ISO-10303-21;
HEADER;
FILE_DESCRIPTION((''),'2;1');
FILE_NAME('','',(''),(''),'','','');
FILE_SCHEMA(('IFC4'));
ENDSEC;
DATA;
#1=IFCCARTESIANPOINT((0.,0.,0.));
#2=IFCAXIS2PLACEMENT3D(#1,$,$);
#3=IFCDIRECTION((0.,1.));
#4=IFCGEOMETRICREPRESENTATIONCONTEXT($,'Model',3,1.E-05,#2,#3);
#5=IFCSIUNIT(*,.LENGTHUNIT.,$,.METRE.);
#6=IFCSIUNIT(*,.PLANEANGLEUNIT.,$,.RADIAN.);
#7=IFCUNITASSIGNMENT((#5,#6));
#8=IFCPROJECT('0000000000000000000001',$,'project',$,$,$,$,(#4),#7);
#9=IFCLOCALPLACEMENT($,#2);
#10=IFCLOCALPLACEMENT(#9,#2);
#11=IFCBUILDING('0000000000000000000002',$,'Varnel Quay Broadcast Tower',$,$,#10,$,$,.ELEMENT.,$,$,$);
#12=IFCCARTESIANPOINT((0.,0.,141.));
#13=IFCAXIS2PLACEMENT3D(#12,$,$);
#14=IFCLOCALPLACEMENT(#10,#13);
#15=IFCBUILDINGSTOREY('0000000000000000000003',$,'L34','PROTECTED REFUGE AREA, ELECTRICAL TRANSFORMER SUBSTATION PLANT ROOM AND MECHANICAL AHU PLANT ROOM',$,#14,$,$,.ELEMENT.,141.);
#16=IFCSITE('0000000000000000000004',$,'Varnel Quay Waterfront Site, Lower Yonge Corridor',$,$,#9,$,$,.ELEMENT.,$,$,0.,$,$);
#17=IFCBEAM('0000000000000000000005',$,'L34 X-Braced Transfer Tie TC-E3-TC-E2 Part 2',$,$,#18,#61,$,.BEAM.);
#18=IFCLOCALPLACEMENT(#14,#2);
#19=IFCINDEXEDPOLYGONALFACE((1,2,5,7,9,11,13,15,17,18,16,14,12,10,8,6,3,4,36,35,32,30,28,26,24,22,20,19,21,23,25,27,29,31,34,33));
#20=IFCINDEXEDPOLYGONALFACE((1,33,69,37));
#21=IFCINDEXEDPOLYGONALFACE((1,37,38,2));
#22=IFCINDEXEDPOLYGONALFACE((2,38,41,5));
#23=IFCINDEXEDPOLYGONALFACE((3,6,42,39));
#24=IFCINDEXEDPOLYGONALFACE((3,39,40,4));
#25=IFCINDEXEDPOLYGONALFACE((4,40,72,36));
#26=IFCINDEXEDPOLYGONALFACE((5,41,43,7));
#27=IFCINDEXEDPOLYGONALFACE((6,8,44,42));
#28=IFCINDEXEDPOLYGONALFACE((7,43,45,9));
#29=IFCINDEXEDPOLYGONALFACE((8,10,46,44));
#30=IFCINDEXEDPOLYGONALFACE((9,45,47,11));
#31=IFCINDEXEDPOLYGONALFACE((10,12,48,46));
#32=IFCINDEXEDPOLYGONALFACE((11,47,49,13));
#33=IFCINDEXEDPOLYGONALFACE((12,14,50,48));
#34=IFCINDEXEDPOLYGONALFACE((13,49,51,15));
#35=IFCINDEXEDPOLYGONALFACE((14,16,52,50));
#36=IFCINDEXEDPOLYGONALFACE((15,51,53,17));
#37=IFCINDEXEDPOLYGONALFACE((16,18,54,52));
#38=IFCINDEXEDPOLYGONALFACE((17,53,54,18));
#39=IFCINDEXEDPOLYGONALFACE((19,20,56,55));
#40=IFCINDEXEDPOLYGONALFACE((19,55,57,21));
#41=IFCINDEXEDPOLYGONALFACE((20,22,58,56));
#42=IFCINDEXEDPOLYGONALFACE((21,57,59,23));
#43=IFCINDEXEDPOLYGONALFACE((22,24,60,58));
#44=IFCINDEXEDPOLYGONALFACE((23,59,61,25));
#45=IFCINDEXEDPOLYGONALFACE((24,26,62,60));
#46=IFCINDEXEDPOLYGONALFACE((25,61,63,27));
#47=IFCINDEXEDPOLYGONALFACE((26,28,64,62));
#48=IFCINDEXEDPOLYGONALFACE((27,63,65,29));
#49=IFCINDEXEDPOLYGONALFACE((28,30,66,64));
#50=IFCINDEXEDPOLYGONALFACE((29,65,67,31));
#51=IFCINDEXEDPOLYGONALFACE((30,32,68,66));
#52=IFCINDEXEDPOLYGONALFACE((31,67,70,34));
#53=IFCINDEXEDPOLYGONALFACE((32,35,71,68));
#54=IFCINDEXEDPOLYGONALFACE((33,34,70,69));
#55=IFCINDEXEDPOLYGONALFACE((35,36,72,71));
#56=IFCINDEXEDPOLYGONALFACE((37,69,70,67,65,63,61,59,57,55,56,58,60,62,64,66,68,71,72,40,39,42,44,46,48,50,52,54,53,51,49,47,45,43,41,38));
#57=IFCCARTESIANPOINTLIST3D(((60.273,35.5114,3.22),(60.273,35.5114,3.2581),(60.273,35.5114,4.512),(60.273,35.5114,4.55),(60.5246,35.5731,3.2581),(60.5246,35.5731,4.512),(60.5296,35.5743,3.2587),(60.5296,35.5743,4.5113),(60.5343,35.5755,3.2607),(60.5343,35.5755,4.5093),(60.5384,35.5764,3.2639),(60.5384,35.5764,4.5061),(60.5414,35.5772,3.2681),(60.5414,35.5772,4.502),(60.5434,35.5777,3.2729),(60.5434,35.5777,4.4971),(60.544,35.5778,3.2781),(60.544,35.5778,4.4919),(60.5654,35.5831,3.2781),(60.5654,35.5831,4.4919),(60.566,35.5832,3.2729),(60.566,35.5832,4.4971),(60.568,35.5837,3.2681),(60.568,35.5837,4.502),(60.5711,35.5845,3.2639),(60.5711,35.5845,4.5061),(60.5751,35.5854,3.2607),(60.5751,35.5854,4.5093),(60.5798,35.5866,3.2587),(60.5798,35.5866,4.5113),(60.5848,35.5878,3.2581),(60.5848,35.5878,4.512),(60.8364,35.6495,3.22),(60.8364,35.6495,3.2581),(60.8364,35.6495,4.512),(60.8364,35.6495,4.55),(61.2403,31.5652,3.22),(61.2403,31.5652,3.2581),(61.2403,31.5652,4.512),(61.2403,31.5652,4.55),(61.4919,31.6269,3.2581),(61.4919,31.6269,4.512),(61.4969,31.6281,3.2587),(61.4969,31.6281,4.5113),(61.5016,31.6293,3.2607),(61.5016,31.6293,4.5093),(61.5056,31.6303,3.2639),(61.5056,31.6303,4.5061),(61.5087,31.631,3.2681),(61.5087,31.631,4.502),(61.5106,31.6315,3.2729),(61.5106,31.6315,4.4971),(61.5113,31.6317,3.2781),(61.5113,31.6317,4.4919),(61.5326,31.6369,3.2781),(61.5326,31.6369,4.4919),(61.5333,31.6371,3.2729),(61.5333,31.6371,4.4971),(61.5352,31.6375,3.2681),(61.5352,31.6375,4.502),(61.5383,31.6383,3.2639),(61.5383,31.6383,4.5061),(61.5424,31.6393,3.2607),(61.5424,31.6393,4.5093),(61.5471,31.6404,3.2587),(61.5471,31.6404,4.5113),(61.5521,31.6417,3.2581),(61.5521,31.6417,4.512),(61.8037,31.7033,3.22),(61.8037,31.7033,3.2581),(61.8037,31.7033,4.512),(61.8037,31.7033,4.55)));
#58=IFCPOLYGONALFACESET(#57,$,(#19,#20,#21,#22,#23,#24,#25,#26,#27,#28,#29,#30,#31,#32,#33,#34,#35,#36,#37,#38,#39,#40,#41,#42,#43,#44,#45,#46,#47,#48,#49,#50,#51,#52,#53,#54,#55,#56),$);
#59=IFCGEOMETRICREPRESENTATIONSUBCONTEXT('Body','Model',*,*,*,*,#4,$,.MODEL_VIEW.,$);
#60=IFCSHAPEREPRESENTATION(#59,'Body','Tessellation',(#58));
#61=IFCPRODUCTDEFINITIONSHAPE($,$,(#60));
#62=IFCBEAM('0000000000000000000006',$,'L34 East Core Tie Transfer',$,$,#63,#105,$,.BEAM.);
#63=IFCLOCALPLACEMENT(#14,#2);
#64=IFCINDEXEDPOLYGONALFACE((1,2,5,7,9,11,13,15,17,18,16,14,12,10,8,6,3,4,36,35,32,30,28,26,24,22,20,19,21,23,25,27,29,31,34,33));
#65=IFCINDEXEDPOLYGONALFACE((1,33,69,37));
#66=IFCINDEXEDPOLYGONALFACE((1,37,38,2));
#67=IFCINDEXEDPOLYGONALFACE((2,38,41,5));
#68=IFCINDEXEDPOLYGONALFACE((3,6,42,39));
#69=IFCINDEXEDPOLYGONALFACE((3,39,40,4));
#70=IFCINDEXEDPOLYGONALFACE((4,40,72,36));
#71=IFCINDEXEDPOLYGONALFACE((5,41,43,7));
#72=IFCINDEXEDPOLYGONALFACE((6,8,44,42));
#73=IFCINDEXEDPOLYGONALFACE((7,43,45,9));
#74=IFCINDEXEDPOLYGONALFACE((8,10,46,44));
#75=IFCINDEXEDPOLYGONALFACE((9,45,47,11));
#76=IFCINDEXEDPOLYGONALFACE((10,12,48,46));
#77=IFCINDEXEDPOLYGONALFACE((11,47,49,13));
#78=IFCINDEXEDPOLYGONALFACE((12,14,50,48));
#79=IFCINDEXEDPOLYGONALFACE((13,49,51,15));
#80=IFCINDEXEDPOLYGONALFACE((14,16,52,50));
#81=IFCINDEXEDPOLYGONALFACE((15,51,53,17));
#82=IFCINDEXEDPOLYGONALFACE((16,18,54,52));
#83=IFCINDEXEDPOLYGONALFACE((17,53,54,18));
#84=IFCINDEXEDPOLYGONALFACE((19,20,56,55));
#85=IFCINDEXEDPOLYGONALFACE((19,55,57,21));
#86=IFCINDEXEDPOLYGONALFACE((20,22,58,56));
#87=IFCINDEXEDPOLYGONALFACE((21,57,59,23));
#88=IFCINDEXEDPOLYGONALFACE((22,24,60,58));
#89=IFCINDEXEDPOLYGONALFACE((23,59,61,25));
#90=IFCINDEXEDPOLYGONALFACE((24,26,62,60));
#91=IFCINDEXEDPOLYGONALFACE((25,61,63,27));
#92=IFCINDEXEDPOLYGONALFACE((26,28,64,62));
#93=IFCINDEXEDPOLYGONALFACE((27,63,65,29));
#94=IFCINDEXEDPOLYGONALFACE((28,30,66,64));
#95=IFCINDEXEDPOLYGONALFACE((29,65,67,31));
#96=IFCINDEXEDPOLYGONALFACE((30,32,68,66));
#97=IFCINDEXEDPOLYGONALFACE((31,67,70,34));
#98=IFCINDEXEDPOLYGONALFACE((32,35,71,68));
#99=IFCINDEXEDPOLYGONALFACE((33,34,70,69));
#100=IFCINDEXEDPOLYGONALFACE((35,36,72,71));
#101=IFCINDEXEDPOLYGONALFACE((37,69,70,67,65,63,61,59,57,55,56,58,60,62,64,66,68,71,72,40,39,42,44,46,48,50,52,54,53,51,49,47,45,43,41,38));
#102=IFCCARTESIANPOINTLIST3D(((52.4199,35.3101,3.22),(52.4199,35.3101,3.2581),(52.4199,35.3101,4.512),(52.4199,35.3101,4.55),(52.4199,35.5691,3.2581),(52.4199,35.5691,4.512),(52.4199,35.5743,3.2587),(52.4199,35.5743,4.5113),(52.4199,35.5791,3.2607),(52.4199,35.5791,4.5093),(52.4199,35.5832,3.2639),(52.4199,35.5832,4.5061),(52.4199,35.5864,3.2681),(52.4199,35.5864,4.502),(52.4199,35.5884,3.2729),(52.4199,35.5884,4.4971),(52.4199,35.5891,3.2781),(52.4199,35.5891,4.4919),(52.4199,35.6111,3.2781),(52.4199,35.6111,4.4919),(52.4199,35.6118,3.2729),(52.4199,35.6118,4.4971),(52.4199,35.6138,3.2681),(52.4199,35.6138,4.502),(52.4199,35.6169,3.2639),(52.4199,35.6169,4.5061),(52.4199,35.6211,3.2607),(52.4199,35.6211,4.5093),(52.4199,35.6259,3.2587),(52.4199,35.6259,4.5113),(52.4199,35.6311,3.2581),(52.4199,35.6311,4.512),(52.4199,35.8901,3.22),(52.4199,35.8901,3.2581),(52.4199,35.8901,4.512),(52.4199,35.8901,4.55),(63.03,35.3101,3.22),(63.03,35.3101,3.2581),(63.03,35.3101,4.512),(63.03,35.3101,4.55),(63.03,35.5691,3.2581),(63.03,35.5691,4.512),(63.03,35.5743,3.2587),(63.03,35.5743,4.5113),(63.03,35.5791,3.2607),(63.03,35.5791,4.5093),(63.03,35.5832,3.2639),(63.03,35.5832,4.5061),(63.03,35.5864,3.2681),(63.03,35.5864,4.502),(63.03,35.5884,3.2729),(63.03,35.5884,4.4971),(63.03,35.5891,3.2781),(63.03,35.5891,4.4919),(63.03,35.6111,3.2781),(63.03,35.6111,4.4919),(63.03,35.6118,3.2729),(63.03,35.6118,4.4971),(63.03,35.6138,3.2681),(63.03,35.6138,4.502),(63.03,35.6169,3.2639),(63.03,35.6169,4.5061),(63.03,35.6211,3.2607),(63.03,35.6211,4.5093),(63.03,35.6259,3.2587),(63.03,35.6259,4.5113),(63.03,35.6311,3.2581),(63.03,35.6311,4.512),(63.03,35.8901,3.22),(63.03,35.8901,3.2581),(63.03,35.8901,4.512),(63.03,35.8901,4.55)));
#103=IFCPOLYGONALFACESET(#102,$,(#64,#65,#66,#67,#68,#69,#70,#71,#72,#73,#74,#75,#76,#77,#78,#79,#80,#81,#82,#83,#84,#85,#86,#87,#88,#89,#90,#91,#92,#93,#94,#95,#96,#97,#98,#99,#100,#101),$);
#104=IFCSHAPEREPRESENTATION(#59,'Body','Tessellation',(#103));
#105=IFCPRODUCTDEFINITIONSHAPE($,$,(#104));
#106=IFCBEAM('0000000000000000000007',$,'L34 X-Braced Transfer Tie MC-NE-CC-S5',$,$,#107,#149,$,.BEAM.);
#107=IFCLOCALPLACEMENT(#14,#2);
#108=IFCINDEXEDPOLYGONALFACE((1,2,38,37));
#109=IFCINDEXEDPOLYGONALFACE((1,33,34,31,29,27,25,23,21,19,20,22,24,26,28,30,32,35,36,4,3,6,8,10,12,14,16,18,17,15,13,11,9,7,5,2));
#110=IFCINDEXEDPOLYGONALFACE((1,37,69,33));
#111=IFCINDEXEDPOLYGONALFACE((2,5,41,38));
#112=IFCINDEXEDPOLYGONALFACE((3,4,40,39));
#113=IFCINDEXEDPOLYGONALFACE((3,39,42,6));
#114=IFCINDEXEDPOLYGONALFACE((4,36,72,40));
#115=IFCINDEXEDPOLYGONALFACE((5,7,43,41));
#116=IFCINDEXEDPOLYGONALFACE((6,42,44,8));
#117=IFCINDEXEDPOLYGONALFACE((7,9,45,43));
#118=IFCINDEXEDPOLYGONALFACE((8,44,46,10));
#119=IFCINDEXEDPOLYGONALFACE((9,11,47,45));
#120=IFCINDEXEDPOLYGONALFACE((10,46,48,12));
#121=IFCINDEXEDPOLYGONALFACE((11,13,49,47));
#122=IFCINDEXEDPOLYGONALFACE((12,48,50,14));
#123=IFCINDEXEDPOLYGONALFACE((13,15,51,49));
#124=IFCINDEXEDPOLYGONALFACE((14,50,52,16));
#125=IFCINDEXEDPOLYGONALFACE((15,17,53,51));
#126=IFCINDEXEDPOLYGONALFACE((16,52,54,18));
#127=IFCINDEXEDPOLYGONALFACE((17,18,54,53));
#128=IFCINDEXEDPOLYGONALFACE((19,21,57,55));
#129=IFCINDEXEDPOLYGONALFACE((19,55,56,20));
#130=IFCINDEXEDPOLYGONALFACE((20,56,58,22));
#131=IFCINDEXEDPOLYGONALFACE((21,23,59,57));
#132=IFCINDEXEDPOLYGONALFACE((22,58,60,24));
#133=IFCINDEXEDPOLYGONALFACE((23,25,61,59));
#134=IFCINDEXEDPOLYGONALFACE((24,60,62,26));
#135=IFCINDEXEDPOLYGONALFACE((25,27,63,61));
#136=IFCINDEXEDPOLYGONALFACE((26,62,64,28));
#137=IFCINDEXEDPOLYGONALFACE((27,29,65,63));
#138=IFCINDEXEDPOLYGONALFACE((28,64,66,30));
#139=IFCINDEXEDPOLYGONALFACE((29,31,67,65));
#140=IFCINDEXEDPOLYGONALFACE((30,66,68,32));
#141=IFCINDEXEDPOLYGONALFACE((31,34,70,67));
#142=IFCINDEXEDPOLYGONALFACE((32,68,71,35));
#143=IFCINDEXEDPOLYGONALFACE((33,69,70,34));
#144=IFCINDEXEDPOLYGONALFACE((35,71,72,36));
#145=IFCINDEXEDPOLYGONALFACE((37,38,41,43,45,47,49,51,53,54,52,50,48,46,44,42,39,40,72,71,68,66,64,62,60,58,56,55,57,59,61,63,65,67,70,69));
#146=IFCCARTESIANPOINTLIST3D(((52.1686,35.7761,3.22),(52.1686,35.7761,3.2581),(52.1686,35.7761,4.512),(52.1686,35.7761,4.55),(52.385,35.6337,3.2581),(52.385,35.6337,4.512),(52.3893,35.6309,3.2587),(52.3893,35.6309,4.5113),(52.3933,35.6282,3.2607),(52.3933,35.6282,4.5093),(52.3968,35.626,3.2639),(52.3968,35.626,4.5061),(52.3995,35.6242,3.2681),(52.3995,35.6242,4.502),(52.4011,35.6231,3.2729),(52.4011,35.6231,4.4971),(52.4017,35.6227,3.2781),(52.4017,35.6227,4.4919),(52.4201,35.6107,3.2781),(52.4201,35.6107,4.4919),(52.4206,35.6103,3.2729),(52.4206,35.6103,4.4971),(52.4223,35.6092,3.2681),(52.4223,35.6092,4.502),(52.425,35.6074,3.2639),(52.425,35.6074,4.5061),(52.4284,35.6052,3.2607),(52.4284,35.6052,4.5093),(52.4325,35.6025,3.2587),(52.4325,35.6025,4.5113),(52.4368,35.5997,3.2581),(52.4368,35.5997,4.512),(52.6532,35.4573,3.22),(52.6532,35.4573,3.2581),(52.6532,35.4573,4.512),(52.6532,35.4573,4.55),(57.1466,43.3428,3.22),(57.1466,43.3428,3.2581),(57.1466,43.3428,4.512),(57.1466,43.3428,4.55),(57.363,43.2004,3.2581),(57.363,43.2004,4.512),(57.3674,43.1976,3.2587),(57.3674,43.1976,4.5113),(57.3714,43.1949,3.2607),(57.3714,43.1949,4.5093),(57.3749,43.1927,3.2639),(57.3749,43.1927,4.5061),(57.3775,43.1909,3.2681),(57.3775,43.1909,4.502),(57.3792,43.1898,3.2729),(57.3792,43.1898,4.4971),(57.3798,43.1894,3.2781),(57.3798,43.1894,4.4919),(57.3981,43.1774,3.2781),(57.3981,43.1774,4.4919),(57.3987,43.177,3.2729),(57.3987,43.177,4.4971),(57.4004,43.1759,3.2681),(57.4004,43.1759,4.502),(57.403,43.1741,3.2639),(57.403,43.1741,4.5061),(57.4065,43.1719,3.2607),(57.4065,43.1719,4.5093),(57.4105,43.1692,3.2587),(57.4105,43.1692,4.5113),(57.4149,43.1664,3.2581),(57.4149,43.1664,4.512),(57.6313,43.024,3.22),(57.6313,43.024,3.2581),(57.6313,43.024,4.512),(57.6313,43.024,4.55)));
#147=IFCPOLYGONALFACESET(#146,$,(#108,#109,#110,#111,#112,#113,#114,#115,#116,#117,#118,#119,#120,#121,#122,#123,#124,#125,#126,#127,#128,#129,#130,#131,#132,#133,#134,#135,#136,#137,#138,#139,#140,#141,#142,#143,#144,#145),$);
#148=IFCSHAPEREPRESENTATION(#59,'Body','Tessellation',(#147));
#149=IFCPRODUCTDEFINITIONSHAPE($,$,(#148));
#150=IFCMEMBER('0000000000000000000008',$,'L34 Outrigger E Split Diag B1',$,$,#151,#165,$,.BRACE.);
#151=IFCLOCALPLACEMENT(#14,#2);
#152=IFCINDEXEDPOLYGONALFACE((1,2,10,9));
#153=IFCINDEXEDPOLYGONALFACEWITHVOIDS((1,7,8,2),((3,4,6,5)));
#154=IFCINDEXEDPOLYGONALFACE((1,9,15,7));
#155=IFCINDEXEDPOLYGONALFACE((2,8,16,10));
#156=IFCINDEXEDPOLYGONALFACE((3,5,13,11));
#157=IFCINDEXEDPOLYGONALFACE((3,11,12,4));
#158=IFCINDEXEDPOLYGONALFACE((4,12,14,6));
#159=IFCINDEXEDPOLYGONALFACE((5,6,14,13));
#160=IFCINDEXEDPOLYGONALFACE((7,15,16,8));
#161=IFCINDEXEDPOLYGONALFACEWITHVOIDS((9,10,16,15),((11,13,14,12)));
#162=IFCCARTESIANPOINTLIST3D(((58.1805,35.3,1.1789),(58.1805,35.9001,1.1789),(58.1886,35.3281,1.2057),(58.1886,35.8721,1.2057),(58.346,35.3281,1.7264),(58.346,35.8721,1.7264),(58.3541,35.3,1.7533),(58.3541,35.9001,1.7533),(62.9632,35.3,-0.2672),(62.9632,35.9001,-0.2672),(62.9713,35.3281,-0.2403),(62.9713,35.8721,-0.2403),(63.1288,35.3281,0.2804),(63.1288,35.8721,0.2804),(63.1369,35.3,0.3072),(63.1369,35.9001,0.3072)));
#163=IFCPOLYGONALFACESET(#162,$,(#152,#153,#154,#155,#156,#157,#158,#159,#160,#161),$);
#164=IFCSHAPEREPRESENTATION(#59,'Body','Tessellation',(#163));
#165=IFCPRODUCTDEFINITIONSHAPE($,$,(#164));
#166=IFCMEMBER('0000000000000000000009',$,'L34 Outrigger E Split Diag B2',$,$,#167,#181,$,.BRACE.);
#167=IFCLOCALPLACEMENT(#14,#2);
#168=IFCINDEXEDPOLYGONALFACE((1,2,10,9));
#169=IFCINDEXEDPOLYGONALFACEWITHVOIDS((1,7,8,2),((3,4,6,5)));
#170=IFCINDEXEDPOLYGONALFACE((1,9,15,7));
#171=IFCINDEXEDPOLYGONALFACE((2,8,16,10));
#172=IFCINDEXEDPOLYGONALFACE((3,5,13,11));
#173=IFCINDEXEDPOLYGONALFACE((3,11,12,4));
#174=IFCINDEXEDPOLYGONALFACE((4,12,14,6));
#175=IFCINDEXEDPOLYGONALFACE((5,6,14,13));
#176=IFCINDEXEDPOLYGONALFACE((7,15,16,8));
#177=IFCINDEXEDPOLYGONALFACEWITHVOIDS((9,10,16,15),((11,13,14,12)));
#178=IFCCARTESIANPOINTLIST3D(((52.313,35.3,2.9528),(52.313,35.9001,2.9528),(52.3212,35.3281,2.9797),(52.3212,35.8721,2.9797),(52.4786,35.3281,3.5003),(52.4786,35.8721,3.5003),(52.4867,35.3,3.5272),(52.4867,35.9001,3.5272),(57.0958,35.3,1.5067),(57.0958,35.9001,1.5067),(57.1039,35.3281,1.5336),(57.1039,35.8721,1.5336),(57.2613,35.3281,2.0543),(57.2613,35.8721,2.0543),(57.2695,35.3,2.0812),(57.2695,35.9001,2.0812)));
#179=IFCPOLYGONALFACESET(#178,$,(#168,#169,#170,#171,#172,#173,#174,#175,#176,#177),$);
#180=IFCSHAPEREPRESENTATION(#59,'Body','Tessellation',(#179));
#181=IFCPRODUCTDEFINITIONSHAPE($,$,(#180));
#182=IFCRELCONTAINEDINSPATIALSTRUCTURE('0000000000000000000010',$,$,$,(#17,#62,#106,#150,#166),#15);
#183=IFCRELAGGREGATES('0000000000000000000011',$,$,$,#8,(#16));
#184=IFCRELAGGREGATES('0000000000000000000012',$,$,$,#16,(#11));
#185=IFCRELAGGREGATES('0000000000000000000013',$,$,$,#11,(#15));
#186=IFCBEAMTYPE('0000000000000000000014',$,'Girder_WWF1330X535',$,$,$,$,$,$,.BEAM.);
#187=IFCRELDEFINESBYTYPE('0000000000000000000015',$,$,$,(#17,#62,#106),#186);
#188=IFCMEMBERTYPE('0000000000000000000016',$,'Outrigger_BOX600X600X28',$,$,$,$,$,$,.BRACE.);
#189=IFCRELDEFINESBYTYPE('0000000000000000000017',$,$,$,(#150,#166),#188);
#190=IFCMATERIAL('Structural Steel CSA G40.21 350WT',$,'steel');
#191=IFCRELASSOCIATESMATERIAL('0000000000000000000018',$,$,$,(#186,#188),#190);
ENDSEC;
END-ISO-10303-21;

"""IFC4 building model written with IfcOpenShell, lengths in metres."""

from ifc_helpers import new_model, si_unit, direction, frame, origin, origin_2d, place, context, subcontext, project, spatial, hollow_rectangle, i_section, extrude, source, transform, mapped, material, material_profile, profile_set, type_object, type_shapes, element, save


model = new_model("IFC4")

# Units and contexts
model_context = context("Model", 3, precision=1e-05, world=origin(), true_north=direction((0.0, 1.0)))
body_context = subcontext(model_context, "Body", "Model", "MODEL_VIEW")
ifc_project = project(units=[si_unit("LENGTHUNIT", "METRE"), si_unit("PLANEANGLEUNIT", "RADIAN")], contexts=[model_context])

# Site, building, storey
site_placement = place(None, origin())
site = spatial("IfcSite", under=ifc_project, at=site_placement, Name="Varnel Quay Waterfront Site, Lower Yonge Corridor", CompositionType="ELEMENT", RefElevation=0.0)
building_placement = place(site_placement, origin())
building = spatial("IfcBuilding", under=site, at=building_placement, Name="Varnel Quay Broadcast Tower", CompositionType="ELEMENT")
storey_placement = place(building_placement, frame((0.0, 0.0, 141.0)))
storey = spatial("IfcBuildingStorey", under=building, at=storey_placement, Name="L34", Description="PROTECTED REFUGE AREA, ELECTRICAL TRANSFORMER SUBSTATION PLANT ROOM AND MECHANICAL AHU PLANT ROOM", CompositionType="ELEMENT", Elevation=141.0)

# Beams
ifc_material_1 = material(Name="Structural Steel CSA G40.21 350WT", Category="steel")
ifc_material_profile_1 = material_profile(ifc_material_1, i_section(OverallWidth=0.5801, OverallDepth=1.3301, WebThickness=0.022, FlangeThickness=0.0381, FilletRadius=0.02, at=origin_2d()), Name="WWF1330X535")
ifc_profile_set_1 = profile_set([ifc_material_profile_1], Name="Structural Steel CSA G40.21 350WT")
beam_type = type_object("IfcBeamType", Name="Girder_WWF1330X535", PredefinedType="BEAM", material=ifc_profile_set_1)
shared_shape_1 = source(origin(), body_context, "Body", "SweptSolid", [
    extrude(i_section(OverallWidth=0.5801, OverallDepth=1.3301, WebThickness=0.022, FlangeThickness=0.0381, FilletRadius=0.02, at=origin_2d()), origin(), (0.0, 0.0, 1.0), 4.063),
])
beam_1_placement = place(storey_placement, frame((61.522, 31.6343, 3.885), z_axis=(-0.238065, 0.971249, 0.0), x_axis=(-0.971249, -0.238065, 0.0)))
element("IfcBeam", 1, at=beam_1_placement, inside=storey, type_object=beam_type, Name="L34 X-Braced Transfer Tie TC-E3-TC-E2 Part 2", PredefinedType="BEAM", context=body_context, shape_type="MappedRepresentation", body=[
    mapped(shared_shape_1, transform((0.0, 0.0, 0.0), x_axis=(1.0, 0.0, 0.0), y_axis=(0.0, 1.0, 0.0), z_axis=(0.0, 0.0, 1.0), scale=1.0)),
])
shared_shape_2 = source(origin(), body_context, "Body", "SweptSolid", [
    extrude(i_section(OverallWidth=0.5801, OverallDepth=1.3301, WebThickness=0.022, FlangeThickness=0.0381, FilletRadius=0.02, at=origin_2d()), origin(), (0.0, 0.0, 1.0), 10.6101),
])
beam_2_placement = place(storey_placement, frame((52.4199, 35.6001, 3.885), z_axis=(1.0, 0.0, 0.0), x_axis=(0.0, 1.0, 0.0)))
element("IfcBeam", 2, at=beam_2_placement, inside=storey, type_object=beam_type, Name="L34 East Core Tie Transfer", PredefinedType="BEAM", context=body_context, shape_type="MappedRepresentation", body=[
    mapped(shared_shape_2, transform((0.0, 0.0, 0.0), x_axis=(1.0, 0.0, 0.0), y_axis=(0.0, 1.0, 0.0), z_axis=(0.0, 0.0, 1.0), scale=1.0)),
])
shared_shape_3 = source(origin(), body_context, "Body", "SweptSolid", [
    extrude(i_section(OverallWidth=0.5801, OverallDepth=1.3301, WebThickness=0.022, FlangeThickness=0.0381, FilletRadius=0.02, at=origin_2d()), origin(), (0.0, 0.0, 1.0), 9.0574),
])
beam_3_placement = place(storey_placement, frame((52.4109, 35.6167, 3.885), z_axis=(0.549614, 0.835419, 0.0), x_axis=(-0.835419, 0.549614, 0.0)))
element("IfcBeam", 3, at=beam_3_placement, inside=storey, type_object=beam_type, Name="L34 X-Braced Transfer Tie MC-NE-CC-S5", PredefinedType="BEAM", context=body_context, shape_type="MappedRepresentation", body=[
    mapped(shared_shape_3, transform((0.0, 0.0, 0.0), x_axis=(1.0, 0.0, 0.0), y_axis=(0.0, 1.0, 0.0), z_axis=(0.0, 0.0, 1.0), scale=1.0)),
])

# Members
ifc_material_profile_2 = material_profile(ifc_material_1, hollow_rectangle(XDim=0.6001, YDim=0.6001, WallThickness=0.0281, at=origin_2d()), Name="BOX600X600X28")
ifc_profile_set_2 = profile_set([ifc_material_profile_2], Name="Structural Steel CSA G40.21 350WT")
member_type_1 = type_object("IfcMemberType", Name="Outrigger_BOX600X600X28", PredefinedType="BRACE", material=ifc_profile_set_2)
shared_shape_4 = source(origin(), body_context, "Body", "SweptSolid", [
    extrude(hollow_rectangle(XDim=0.6001, YDim=0.6001, WallThickness=0.0281, at=origin_2d()), origin(), (0.0, 0.0, 1.0), 4.9966),
])
type_shapes(member_type_1, [shared_shape_4])
for number, where, z_axis, x_axis, name in (
    (4, (63.05, 35.6001, 0.02), (-0.957205, 0.0, 0.289409), (0.0, -1.0, 0.0), "L34 Outrigger E Split Diag B1"),
    (5, (57.1826, 35.6001, 1.7939), (-0.957205, 0.0, 0.289409), (0.0, -1.0, 0.0), "L34 Outrigger E Split Diag B2"),
):
    element("IfcMember", number, at=place(storey_placement, frame(where, z_axis=z_axis, x_axis=x_axis)), inside=storey, type_object=member_type_1, Name=name, PredefinedType="BRACE", context=body_context, shape_type="MappedRepresentation", body=[
        mapped(shared_shape_4, transform((0.0, 0.0, 0.0), x_axis=(1.0, 0.0, 0.0), y_axis=(0.0, 1.0, 0.0), z_axis=(0.0, 0.0, 1.0), scale=1.0)),
    ])

save(model, "model.ifc")
